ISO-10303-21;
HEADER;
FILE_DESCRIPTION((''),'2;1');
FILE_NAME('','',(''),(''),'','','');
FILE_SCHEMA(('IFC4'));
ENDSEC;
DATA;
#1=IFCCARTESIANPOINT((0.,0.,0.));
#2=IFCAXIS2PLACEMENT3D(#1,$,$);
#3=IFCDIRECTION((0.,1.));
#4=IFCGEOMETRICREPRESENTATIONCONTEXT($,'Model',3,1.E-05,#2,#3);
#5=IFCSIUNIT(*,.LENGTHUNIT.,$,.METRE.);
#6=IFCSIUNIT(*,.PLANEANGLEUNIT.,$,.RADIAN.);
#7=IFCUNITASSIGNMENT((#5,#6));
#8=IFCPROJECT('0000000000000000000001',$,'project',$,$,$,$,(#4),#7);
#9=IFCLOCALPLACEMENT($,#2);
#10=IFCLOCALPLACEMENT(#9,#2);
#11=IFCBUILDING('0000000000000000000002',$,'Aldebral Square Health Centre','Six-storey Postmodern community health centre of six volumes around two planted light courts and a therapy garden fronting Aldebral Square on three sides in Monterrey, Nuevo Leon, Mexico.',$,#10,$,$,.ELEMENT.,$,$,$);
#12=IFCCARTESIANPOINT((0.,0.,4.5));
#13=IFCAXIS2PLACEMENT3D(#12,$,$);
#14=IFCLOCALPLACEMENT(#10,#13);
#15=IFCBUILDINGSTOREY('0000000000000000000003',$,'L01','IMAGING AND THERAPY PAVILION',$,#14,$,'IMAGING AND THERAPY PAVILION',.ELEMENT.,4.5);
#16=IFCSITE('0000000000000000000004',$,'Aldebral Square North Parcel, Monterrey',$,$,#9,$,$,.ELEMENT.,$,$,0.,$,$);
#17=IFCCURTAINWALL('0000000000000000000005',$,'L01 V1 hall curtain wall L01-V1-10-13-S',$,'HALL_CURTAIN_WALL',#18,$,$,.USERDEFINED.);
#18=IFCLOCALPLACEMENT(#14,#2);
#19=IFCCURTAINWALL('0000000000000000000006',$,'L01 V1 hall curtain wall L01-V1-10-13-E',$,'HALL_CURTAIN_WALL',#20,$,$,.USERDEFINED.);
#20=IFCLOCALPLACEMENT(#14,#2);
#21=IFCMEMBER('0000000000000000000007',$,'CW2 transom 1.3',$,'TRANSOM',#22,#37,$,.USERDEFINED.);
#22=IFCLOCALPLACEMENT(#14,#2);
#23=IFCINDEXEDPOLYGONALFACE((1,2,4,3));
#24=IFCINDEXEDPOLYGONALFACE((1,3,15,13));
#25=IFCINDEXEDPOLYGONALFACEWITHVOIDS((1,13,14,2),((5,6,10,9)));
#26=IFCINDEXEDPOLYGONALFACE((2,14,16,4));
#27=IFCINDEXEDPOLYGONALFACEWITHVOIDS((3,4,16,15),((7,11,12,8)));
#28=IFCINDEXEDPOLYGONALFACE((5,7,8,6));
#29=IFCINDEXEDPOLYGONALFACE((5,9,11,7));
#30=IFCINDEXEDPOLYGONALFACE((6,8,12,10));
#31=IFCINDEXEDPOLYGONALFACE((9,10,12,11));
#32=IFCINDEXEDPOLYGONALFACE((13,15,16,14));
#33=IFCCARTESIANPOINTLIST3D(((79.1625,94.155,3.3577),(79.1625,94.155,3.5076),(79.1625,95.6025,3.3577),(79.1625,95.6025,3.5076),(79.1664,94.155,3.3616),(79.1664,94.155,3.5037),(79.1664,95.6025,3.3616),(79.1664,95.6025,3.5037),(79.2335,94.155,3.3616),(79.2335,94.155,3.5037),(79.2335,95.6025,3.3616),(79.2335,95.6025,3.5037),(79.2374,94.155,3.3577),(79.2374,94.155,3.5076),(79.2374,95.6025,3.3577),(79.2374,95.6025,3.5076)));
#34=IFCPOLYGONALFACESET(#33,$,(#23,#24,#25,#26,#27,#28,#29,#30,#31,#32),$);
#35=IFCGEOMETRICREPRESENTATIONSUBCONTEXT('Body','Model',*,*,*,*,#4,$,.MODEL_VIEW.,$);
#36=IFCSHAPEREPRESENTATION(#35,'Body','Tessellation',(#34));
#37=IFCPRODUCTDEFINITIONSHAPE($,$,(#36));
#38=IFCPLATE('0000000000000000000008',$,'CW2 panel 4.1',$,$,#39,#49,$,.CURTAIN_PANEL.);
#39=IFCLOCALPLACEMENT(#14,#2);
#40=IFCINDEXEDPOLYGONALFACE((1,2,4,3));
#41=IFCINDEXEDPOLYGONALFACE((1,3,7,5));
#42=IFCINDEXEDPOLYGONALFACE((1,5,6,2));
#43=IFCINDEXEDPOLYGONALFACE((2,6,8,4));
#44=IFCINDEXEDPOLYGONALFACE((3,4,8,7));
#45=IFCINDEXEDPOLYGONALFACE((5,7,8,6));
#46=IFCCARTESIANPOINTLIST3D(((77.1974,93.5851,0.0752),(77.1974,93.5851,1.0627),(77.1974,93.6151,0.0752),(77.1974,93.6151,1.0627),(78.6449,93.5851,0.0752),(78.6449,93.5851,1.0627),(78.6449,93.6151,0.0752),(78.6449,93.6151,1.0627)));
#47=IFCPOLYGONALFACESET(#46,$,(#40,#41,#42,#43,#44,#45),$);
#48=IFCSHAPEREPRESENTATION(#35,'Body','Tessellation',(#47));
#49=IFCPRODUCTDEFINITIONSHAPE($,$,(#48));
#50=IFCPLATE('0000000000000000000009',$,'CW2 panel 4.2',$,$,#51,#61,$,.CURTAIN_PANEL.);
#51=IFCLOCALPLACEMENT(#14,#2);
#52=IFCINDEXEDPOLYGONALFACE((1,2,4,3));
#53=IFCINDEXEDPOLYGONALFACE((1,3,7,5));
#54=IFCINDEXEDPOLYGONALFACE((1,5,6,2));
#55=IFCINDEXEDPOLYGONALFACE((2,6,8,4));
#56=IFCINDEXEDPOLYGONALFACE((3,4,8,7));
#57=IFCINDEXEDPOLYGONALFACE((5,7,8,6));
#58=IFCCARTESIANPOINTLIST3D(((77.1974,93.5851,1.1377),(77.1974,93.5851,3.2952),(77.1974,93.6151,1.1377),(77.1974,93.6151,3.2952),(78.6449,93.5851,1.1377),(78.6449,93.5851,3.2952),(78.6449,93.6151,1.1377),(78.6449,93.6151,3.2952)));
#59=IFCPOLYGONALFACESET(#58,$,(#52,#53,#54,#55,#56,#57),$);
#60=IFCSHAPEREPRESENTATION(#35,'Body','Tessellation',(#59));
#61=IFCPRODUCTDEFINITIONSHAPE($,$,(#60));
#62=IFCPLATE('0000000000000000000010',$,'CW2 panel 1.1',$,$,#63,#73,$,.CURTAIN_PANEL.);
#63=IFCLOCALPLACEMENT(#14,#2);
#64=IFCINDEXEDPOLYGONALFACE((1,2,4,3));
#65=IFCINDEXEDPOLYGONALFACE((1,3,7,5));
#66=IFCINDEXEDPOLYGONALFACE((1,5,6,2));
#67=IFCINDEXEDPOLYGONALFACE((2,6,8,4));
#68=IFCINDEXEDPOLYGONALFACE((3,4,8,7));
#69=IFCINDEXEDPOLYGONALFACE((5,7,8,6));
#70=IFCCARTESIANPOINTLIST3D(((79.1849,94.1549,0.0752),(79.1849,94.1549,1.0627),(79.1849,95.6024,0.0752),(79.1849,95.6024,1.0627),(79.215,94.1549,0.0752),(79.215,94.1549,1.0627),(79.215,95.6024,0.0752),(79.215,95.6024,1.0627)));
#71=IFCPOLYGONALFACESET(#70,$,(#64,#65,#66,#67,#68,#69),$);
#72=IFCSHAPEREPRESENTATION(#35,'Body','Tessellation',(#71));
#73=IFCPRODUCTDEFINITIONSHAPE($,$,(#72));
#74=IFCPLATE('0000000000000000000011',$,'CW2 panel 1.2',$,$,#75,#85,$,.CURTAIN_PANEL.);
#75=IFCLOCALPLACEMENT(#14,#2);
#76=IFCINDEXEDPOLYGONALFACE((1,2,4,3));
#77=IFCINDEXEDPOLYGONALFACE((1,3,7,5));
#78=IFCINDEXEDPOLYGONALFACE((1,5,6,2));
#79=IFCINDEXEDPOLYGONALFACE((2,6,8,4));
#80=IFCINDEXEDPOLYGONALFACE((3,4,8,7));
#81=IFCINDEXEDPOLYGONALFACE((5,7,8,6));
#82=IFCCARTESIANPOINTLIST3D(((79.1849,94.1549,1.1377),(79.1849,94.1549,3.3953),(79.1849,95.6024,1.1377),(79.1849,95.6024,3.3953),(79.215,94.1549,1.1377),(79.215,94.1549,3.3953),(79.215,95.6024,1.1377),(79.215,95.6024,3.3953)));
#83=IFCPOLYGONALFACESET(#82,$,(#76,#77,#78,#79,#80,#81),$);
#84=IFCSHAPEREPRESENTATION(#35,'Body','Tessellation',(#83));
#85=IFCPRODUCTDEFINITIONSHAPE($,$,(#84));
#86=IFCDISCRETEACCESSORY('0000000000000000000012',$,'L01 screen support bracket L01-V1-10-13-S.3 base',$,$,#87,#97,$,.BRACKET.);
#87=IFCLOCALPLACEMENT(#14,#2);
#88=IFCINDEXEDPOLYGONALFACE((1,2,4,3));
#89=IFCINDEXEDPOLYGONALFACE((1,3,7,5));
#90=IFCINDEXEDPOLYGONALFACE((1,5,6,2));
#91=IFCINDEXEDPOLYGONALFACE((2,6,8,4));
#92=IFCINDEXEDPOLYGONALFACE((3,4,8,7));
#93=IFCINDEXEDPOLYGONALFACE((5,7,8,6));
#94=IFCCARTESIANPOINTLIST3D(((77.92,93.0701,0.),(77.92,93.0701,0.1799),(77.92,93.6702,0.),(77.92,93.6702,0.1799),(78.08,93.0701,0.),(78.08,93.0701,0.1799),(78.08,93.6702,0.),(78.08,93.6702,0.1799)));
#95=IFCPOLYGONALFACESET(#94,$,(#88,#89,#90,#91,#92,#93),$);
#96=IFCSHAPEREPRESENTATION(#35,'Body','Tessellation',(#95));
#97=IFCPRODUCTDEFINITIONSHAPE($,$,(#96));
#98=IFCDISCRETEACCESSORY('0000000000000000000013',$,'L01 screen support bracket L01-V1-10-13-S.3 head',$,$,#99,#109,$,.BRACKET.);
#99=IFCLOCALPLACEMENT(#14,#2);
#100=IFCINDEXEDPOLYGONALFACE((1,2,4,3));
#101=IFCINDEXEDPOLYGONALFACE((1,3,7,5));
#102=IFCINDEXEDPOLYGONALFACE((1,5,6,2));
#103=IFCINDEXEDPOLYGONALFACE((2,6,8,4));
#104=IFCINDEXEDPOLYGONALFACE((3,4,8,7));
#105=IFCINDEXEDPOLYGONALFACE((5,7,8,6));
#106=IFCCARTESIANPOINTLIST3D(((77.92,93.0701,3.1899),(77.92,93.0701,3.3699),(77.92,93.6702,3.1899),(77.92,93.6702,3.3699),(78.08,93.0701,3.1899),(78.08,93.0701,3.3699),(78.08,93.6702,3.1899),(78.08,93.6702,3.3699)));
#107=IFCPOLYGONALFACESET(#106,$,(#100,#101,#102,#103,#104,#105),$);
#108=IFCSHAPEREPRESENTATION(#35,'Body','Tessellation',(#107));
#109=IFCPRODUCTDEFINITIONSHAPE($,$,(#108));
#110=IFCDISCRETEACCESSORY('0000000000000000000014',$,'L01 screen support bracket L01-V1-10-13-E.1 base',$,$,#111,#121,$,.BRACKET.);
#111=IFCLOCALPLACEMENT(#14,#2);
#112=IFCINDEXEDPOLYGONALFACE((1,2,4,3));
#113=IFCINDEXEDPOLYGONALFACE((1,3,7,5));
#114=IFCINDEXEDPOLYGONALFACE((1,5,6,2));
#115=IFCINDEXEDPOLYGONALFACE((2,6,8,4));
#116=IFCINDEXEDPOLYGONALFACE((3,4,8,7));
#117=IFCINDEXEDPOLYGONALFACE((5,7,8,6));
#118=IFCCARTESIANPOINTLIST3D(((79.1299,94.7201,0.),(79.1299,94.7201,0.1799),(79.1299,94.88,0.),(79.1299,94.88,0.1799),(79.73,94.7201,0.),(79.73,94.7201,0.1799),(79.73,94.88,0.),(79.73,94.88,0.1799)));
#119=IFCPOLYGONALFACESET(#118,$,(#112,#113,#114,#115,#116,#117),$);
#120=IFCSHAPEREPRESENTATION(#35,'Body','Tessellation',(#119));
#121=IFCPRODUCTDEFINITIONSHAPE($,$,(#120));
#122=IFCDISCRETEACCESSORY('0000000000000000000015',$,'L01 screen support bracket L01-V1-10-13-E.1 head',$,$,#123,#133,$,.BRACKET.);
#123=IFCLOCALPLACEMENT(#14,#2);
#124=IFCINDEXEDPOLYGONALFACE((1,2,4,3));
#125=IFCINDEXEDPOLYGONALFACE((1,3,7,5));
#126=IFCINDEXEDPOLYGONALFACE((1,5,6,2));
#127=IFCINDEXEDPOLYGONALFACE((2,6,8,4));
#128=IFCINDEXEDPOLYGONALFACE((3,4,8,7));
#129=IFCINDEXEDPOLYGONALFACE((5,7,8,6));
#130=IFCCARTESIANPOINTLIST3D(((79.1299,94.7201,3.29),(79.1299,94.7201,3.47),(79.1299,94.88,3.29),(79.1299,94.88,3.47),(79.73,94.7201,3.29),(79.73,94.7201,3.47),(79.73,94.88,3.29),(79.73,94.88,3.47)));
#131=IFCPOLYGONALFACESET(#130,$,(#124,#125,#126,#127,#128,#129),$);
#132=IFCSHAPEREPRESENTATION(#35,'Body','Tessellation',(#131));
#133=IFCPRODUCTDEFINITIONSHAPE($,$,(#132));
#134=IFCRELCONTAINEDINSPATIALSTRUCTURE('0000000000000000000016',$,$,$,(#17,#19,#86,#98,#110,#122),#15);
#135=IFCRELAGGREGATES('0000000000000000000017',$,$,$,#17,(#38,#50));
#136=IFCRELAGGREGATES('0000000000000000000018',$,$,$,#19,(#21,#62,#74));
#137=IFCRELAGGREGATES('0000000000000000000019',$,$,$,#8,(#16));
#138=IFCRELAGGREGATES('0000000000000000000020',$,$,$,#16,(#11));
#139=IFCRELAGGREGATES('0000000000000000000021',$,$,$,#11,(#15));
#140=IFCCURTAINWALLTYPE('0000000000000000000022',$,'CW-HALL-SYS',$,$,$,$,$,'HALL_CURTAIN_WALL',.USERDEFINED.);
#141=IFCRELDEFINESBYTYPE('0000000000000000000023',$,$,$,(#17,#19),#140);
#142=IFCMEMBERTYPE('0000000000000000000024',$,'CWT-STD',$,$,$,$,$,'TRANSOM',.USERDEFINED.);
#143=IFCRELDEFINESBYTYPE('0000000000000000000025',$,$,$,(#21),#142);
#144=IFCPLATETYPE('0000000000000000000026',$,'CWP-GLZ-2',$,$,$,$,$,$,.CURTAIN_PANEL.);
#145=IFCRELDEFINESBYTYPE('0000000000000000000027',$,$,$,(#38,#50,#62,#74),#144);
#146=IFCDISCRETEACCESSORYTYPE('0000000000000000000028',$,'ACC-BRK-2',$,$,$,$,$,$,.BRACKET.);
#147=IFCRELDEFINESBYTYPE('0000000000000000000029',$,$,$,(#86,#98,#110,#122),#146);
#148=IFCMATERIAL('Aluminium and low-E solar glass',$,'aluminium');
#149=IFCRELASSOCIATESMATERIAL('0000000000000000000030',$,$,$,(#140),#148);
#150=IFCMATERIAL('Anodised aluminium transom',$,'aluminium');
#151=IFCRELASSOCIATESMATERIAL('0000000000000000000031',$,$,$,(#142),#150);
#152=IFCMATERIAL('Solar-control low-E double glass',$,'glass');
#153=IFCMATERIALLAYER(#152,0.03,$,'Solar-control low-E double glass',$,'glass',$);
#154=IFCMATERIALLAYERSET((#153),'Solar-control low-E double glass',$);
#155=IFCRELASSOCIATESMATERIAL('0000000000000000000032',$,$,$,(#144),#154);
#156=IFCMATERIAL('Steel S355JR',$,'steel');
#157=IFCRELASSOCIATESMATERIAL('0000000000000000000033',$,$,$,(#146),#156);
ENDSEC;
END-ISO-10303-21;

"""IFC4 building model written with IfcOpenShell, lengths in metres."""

from ifc_helpers import new_model, si_unit, direction, frame, origin, origin_2d, place, context, subcontext, project, spatial, rectangle, hollow_rectangle, extrude, material, layer, layer_set, material_profile, profile_set, type_object, element, aggregate, save


model = new_model("IFC4")

# Units and contexts
model_context = context("Model", 3, precision=1e-05, world=origin(), true_north=direction((0.0, 1.0)))
body_context = subcontext(model_context, "Body", "Model", "MODEL_VIEW")
ifc_project = project(units=[si_unit("LENGTHUNIT", "METRE"), si_unit("PLANEANGLEUNIT", "RADIAN")], contexts=[model_context])

# Site, building, storey
site_placement = place(None, origin())
site = spatial("IfcSite", under=ifc_project, at=site_placement, Name="Aldebral Square North Parcel, Monterrey", CompositionType="ELEMENT", RefElevation=0.0)
building_placement = place(site_placement, origin())
building = spatial("IfcBuilding", under=site, at=building_placement, Name="Aldebral Square Health Centre", Description="Six-storey Postmodern community health centre of six volumes around two planted light courts and a therapy garden fronting Aldebral Square on three sides in Monterrey, Nuevo Leon, Mexico.", CompositionType="ELEMENT")
storey_placement = place(building_placement, frame((0.0, 0.0, 4.5)))
storey = spatial("IfcBuildingStorey", under=building, at=storey_placement, Name="L01", Description="IMAGING AND THERAPY PAVILION", LongName="IMAGING AND THERAPY PAVILION", CompositionType="ELEMENT", Elevation=4.5)

# Curtain walls
ifc_material_1 = material(Name="Aluminium and low-E solar glass", Category="aluminium")
curtain_wall_type = type_object("IfcCurtainWallType", Name="CW-HALL-SYS", ElementType="HALL_CURTAIN_WALL", PredefinedType="USERDEFINED", material=ifc_material_1)
curtain_wall_1_placement = place(storey_placement, origin())
curtain_wall_1 = element("IfcCurtainWall", 1, at=curtain_wall_1_placement, inside=storey, type_object=curtain_wall_type, Name="L01 V1 hall curtain wall L01-V1-10-13-S", ObjectType="HALL_CURTAIN_WALL", PredefinedType="USERDEFINED")
curtain_wall_2_placement = place(storey_placement, origin())
curtain_wall_2 = element("IfcCurtainWall", 2, at=curtain_wall_2_placement, inside=storey, type_object=curtain_wall_type, Name="L01 V1 hall curtain wall L01-V1-10-13-E", ObjectType="HALL_CURTAIN_WALL", PredefinedType="USERDEFINED")

# Member
ifc_material_2 = material(Name="Anodised aluminium transom", Category="aluminium")
ifc_material_profile_1 = material_profile(ifc_material_2, hollow_rectangle(XDim=0.075, YDim=0.1499, WallThickness=0.0039, at=origin_2d()), Name="CWT 75x150x4")
ifc_profile_set_1 = profile_set([ifc_material_profile_1], Name="Anodised aluminium transom")
member_type_1 = type_object("IfcMemberType", Name="CWT-STD", ElementType="TRANSOM", PredefinedType="USERDEFINED", material=ifc_profile_set_1)
member_1_placement = place(storey_placement, frame((79.2, 94.155, 3.4326), z_axis=(0.0, 1.0, 0.0), x_axis=(-1.0, 0.0, 0.0)))
member_1 = element("IfcMember", 3, at=member_1_placement, type_object=member_type_1, Name="CW2 transom 1.3", ObjectType="TRANSOM", PredefinedType="USERDEFINED", context=body_context, shape_type="SweptSolid", body=[
    extrude(hollow_rectangle(XDim=0.075, YDim=0.1499, WallThickness=0.0039, at=origin_2d()), origin(), (0.0, 0.0, 1.0), 1.4475),
])

# Plates
ifc_material_3 = material(Name="Solar-control low-E double glass", Category="glass")
ifc_layer_1 = layer(ifc_material_3, 0.03, Name="Solar-control low-E double glass", Category="glass")
ifc_layer_set_1 = layer_set([ifc_layer_1], Name="Solar-control low-E double glass")
plate_type = type_object("IfcPlateType", Name="CWP-GLZ-2", PredefinedType="CURTAIN_PANEL", material=ifc_layer_set_1)
plate_1_placement = place(storey_placement, frame((77.9211, 93.6001, 0.0752), z_axis=(0.0, 0.0, 1.0), x_axis=(1.0, 0.0, 0.0)))
plate_1 = element("IfcPlate", 4, at=plate_1_placement, type_object=plate_type, Name="CW2 panel 4.1", PredefinedType="CURTAIN_PANEL", context=body_context, shape_type="SweptSolid", body=[
    extrude(rectangle(XDim=1.4475, YDim=0.03, at=origin_2d()), origin(), (0.0, 0.0, 1.0), 0.9875),
])
plate_2_placement = place(storey_placement, frame((77.9211, 93.6001, 1.1377), z_axis=(0.0, 0.0, 1.0), x_axis=(1.0, 0.0, 0.0)))
plate_2 = element("IfcPlate", 5, at=plate_2_placement, type_object=plate_type, Name="CW2 panel 4.2", PredefinedType="CURTAIN_PANEL", context=body_context, shape_type="SweptSolid", body=[
    extrude(rectangle(XDim=1.4475, YDim=0.03, at=origin_2d()), origin(), (0.0, 0.0, 1.0), 2.1575),
])
aggregate(curtain_wall_1, [plate_1, plate_2])
plate_3_placement = place(storey_placement, frame((79.2, 94.8787, 0.0752), z_axis=(0.0, 0.0, 1.0), x_axis=(0.0, 1.0, 0.0)))
plate_3 = element("IfcPlate", 6, at=plate_3_placement, type_object=plate_type, Name="CW2 panel 1.1", PredefinedType="CURTAIN_PANEL", context=body_context, shape_type="SweptSolid", body=[
    extrude(rectangle(XDim=1.4475, YDim=0.03, at=origin_2d()), origin(), (0.0, 0.0, 1.0), 0.9875),
])
plate_4_placement = place(storey_placement, frame((79.2, 94.8787, 1.1377), z_axis=(0.0, 0.0, 1.0), x_axis=(0.0, 1.0, 0.0)))
plate_4 = element("IfcPlate", 7, at=plate_4_placement, type_object=plate_type, Name="CW2 panel 1.2", PredefinedType="CURTAIN_PANEL", context=body_context, shape_type="SweptSolid", body=[
    extrude(rectangle(XDim=1.4475, YDim=0.03, at=origin_2d()), origin(), (0.0, 0.0, 1.0), 2.2576),
])
aggregate(curtain_wall_2, [member_1, plate_3, plate_4])

# Discrete accessories
ifc_material_4 = material(Name="Steel S355JR", Category="steel")
discrete_accessory_type = type_object("IfcDiscreteAccessoryType", Name="ACC-BRK-2", PredefinedType="BRACKET", material=ifc_material_4)
for number, where, z_axis, x_axis, name in (
    (8, (78.0, 93.3701, 0.0), (0.0, 0.0, 1.0), (1.0, 0.0, 0.0), "L01 screen support bracket L01-V1-10-13-S.3 base"),
    (9, (78.0, 93.3701, 3.1899), (0.0, 0.0, 1.0), (1.0, 0.0, 0.0), "L01 screen support bracket L01-V1-10-13-S.3 head"),
    (10, (79.4299, 94.8, 0.0), (0.0, 0.0, 1.0), (0.0, 1.0, 0.0), "L01 screen support bracket L01-V1-10-13-E.1 base"),
    (11, (79.4299, 94.8, 3.29), (0.0, 0.0, 1.0), (0.0, 1.0, 0.0), "L01 screen support bracket L01-V1-10-13-E.1 head"),
):
    element("IfcDiscreteAccessory", number, at=place(storey_placement, frame(where, z_axis=z_axis, x_axis=x_axis)), inside=storey, type_object=discrete_accessory_type, Name=name, PredefinedType="BRACKET", context=body_context, shape_type="SweptSolid", body=[
        extrude(rectangle(XDim=0.1599, YDim=0.6001, at=origin_2d()), origin(), (0.0, 0.0, 1.0), 0.1799),
    ])

save(model, "model.ifc")
